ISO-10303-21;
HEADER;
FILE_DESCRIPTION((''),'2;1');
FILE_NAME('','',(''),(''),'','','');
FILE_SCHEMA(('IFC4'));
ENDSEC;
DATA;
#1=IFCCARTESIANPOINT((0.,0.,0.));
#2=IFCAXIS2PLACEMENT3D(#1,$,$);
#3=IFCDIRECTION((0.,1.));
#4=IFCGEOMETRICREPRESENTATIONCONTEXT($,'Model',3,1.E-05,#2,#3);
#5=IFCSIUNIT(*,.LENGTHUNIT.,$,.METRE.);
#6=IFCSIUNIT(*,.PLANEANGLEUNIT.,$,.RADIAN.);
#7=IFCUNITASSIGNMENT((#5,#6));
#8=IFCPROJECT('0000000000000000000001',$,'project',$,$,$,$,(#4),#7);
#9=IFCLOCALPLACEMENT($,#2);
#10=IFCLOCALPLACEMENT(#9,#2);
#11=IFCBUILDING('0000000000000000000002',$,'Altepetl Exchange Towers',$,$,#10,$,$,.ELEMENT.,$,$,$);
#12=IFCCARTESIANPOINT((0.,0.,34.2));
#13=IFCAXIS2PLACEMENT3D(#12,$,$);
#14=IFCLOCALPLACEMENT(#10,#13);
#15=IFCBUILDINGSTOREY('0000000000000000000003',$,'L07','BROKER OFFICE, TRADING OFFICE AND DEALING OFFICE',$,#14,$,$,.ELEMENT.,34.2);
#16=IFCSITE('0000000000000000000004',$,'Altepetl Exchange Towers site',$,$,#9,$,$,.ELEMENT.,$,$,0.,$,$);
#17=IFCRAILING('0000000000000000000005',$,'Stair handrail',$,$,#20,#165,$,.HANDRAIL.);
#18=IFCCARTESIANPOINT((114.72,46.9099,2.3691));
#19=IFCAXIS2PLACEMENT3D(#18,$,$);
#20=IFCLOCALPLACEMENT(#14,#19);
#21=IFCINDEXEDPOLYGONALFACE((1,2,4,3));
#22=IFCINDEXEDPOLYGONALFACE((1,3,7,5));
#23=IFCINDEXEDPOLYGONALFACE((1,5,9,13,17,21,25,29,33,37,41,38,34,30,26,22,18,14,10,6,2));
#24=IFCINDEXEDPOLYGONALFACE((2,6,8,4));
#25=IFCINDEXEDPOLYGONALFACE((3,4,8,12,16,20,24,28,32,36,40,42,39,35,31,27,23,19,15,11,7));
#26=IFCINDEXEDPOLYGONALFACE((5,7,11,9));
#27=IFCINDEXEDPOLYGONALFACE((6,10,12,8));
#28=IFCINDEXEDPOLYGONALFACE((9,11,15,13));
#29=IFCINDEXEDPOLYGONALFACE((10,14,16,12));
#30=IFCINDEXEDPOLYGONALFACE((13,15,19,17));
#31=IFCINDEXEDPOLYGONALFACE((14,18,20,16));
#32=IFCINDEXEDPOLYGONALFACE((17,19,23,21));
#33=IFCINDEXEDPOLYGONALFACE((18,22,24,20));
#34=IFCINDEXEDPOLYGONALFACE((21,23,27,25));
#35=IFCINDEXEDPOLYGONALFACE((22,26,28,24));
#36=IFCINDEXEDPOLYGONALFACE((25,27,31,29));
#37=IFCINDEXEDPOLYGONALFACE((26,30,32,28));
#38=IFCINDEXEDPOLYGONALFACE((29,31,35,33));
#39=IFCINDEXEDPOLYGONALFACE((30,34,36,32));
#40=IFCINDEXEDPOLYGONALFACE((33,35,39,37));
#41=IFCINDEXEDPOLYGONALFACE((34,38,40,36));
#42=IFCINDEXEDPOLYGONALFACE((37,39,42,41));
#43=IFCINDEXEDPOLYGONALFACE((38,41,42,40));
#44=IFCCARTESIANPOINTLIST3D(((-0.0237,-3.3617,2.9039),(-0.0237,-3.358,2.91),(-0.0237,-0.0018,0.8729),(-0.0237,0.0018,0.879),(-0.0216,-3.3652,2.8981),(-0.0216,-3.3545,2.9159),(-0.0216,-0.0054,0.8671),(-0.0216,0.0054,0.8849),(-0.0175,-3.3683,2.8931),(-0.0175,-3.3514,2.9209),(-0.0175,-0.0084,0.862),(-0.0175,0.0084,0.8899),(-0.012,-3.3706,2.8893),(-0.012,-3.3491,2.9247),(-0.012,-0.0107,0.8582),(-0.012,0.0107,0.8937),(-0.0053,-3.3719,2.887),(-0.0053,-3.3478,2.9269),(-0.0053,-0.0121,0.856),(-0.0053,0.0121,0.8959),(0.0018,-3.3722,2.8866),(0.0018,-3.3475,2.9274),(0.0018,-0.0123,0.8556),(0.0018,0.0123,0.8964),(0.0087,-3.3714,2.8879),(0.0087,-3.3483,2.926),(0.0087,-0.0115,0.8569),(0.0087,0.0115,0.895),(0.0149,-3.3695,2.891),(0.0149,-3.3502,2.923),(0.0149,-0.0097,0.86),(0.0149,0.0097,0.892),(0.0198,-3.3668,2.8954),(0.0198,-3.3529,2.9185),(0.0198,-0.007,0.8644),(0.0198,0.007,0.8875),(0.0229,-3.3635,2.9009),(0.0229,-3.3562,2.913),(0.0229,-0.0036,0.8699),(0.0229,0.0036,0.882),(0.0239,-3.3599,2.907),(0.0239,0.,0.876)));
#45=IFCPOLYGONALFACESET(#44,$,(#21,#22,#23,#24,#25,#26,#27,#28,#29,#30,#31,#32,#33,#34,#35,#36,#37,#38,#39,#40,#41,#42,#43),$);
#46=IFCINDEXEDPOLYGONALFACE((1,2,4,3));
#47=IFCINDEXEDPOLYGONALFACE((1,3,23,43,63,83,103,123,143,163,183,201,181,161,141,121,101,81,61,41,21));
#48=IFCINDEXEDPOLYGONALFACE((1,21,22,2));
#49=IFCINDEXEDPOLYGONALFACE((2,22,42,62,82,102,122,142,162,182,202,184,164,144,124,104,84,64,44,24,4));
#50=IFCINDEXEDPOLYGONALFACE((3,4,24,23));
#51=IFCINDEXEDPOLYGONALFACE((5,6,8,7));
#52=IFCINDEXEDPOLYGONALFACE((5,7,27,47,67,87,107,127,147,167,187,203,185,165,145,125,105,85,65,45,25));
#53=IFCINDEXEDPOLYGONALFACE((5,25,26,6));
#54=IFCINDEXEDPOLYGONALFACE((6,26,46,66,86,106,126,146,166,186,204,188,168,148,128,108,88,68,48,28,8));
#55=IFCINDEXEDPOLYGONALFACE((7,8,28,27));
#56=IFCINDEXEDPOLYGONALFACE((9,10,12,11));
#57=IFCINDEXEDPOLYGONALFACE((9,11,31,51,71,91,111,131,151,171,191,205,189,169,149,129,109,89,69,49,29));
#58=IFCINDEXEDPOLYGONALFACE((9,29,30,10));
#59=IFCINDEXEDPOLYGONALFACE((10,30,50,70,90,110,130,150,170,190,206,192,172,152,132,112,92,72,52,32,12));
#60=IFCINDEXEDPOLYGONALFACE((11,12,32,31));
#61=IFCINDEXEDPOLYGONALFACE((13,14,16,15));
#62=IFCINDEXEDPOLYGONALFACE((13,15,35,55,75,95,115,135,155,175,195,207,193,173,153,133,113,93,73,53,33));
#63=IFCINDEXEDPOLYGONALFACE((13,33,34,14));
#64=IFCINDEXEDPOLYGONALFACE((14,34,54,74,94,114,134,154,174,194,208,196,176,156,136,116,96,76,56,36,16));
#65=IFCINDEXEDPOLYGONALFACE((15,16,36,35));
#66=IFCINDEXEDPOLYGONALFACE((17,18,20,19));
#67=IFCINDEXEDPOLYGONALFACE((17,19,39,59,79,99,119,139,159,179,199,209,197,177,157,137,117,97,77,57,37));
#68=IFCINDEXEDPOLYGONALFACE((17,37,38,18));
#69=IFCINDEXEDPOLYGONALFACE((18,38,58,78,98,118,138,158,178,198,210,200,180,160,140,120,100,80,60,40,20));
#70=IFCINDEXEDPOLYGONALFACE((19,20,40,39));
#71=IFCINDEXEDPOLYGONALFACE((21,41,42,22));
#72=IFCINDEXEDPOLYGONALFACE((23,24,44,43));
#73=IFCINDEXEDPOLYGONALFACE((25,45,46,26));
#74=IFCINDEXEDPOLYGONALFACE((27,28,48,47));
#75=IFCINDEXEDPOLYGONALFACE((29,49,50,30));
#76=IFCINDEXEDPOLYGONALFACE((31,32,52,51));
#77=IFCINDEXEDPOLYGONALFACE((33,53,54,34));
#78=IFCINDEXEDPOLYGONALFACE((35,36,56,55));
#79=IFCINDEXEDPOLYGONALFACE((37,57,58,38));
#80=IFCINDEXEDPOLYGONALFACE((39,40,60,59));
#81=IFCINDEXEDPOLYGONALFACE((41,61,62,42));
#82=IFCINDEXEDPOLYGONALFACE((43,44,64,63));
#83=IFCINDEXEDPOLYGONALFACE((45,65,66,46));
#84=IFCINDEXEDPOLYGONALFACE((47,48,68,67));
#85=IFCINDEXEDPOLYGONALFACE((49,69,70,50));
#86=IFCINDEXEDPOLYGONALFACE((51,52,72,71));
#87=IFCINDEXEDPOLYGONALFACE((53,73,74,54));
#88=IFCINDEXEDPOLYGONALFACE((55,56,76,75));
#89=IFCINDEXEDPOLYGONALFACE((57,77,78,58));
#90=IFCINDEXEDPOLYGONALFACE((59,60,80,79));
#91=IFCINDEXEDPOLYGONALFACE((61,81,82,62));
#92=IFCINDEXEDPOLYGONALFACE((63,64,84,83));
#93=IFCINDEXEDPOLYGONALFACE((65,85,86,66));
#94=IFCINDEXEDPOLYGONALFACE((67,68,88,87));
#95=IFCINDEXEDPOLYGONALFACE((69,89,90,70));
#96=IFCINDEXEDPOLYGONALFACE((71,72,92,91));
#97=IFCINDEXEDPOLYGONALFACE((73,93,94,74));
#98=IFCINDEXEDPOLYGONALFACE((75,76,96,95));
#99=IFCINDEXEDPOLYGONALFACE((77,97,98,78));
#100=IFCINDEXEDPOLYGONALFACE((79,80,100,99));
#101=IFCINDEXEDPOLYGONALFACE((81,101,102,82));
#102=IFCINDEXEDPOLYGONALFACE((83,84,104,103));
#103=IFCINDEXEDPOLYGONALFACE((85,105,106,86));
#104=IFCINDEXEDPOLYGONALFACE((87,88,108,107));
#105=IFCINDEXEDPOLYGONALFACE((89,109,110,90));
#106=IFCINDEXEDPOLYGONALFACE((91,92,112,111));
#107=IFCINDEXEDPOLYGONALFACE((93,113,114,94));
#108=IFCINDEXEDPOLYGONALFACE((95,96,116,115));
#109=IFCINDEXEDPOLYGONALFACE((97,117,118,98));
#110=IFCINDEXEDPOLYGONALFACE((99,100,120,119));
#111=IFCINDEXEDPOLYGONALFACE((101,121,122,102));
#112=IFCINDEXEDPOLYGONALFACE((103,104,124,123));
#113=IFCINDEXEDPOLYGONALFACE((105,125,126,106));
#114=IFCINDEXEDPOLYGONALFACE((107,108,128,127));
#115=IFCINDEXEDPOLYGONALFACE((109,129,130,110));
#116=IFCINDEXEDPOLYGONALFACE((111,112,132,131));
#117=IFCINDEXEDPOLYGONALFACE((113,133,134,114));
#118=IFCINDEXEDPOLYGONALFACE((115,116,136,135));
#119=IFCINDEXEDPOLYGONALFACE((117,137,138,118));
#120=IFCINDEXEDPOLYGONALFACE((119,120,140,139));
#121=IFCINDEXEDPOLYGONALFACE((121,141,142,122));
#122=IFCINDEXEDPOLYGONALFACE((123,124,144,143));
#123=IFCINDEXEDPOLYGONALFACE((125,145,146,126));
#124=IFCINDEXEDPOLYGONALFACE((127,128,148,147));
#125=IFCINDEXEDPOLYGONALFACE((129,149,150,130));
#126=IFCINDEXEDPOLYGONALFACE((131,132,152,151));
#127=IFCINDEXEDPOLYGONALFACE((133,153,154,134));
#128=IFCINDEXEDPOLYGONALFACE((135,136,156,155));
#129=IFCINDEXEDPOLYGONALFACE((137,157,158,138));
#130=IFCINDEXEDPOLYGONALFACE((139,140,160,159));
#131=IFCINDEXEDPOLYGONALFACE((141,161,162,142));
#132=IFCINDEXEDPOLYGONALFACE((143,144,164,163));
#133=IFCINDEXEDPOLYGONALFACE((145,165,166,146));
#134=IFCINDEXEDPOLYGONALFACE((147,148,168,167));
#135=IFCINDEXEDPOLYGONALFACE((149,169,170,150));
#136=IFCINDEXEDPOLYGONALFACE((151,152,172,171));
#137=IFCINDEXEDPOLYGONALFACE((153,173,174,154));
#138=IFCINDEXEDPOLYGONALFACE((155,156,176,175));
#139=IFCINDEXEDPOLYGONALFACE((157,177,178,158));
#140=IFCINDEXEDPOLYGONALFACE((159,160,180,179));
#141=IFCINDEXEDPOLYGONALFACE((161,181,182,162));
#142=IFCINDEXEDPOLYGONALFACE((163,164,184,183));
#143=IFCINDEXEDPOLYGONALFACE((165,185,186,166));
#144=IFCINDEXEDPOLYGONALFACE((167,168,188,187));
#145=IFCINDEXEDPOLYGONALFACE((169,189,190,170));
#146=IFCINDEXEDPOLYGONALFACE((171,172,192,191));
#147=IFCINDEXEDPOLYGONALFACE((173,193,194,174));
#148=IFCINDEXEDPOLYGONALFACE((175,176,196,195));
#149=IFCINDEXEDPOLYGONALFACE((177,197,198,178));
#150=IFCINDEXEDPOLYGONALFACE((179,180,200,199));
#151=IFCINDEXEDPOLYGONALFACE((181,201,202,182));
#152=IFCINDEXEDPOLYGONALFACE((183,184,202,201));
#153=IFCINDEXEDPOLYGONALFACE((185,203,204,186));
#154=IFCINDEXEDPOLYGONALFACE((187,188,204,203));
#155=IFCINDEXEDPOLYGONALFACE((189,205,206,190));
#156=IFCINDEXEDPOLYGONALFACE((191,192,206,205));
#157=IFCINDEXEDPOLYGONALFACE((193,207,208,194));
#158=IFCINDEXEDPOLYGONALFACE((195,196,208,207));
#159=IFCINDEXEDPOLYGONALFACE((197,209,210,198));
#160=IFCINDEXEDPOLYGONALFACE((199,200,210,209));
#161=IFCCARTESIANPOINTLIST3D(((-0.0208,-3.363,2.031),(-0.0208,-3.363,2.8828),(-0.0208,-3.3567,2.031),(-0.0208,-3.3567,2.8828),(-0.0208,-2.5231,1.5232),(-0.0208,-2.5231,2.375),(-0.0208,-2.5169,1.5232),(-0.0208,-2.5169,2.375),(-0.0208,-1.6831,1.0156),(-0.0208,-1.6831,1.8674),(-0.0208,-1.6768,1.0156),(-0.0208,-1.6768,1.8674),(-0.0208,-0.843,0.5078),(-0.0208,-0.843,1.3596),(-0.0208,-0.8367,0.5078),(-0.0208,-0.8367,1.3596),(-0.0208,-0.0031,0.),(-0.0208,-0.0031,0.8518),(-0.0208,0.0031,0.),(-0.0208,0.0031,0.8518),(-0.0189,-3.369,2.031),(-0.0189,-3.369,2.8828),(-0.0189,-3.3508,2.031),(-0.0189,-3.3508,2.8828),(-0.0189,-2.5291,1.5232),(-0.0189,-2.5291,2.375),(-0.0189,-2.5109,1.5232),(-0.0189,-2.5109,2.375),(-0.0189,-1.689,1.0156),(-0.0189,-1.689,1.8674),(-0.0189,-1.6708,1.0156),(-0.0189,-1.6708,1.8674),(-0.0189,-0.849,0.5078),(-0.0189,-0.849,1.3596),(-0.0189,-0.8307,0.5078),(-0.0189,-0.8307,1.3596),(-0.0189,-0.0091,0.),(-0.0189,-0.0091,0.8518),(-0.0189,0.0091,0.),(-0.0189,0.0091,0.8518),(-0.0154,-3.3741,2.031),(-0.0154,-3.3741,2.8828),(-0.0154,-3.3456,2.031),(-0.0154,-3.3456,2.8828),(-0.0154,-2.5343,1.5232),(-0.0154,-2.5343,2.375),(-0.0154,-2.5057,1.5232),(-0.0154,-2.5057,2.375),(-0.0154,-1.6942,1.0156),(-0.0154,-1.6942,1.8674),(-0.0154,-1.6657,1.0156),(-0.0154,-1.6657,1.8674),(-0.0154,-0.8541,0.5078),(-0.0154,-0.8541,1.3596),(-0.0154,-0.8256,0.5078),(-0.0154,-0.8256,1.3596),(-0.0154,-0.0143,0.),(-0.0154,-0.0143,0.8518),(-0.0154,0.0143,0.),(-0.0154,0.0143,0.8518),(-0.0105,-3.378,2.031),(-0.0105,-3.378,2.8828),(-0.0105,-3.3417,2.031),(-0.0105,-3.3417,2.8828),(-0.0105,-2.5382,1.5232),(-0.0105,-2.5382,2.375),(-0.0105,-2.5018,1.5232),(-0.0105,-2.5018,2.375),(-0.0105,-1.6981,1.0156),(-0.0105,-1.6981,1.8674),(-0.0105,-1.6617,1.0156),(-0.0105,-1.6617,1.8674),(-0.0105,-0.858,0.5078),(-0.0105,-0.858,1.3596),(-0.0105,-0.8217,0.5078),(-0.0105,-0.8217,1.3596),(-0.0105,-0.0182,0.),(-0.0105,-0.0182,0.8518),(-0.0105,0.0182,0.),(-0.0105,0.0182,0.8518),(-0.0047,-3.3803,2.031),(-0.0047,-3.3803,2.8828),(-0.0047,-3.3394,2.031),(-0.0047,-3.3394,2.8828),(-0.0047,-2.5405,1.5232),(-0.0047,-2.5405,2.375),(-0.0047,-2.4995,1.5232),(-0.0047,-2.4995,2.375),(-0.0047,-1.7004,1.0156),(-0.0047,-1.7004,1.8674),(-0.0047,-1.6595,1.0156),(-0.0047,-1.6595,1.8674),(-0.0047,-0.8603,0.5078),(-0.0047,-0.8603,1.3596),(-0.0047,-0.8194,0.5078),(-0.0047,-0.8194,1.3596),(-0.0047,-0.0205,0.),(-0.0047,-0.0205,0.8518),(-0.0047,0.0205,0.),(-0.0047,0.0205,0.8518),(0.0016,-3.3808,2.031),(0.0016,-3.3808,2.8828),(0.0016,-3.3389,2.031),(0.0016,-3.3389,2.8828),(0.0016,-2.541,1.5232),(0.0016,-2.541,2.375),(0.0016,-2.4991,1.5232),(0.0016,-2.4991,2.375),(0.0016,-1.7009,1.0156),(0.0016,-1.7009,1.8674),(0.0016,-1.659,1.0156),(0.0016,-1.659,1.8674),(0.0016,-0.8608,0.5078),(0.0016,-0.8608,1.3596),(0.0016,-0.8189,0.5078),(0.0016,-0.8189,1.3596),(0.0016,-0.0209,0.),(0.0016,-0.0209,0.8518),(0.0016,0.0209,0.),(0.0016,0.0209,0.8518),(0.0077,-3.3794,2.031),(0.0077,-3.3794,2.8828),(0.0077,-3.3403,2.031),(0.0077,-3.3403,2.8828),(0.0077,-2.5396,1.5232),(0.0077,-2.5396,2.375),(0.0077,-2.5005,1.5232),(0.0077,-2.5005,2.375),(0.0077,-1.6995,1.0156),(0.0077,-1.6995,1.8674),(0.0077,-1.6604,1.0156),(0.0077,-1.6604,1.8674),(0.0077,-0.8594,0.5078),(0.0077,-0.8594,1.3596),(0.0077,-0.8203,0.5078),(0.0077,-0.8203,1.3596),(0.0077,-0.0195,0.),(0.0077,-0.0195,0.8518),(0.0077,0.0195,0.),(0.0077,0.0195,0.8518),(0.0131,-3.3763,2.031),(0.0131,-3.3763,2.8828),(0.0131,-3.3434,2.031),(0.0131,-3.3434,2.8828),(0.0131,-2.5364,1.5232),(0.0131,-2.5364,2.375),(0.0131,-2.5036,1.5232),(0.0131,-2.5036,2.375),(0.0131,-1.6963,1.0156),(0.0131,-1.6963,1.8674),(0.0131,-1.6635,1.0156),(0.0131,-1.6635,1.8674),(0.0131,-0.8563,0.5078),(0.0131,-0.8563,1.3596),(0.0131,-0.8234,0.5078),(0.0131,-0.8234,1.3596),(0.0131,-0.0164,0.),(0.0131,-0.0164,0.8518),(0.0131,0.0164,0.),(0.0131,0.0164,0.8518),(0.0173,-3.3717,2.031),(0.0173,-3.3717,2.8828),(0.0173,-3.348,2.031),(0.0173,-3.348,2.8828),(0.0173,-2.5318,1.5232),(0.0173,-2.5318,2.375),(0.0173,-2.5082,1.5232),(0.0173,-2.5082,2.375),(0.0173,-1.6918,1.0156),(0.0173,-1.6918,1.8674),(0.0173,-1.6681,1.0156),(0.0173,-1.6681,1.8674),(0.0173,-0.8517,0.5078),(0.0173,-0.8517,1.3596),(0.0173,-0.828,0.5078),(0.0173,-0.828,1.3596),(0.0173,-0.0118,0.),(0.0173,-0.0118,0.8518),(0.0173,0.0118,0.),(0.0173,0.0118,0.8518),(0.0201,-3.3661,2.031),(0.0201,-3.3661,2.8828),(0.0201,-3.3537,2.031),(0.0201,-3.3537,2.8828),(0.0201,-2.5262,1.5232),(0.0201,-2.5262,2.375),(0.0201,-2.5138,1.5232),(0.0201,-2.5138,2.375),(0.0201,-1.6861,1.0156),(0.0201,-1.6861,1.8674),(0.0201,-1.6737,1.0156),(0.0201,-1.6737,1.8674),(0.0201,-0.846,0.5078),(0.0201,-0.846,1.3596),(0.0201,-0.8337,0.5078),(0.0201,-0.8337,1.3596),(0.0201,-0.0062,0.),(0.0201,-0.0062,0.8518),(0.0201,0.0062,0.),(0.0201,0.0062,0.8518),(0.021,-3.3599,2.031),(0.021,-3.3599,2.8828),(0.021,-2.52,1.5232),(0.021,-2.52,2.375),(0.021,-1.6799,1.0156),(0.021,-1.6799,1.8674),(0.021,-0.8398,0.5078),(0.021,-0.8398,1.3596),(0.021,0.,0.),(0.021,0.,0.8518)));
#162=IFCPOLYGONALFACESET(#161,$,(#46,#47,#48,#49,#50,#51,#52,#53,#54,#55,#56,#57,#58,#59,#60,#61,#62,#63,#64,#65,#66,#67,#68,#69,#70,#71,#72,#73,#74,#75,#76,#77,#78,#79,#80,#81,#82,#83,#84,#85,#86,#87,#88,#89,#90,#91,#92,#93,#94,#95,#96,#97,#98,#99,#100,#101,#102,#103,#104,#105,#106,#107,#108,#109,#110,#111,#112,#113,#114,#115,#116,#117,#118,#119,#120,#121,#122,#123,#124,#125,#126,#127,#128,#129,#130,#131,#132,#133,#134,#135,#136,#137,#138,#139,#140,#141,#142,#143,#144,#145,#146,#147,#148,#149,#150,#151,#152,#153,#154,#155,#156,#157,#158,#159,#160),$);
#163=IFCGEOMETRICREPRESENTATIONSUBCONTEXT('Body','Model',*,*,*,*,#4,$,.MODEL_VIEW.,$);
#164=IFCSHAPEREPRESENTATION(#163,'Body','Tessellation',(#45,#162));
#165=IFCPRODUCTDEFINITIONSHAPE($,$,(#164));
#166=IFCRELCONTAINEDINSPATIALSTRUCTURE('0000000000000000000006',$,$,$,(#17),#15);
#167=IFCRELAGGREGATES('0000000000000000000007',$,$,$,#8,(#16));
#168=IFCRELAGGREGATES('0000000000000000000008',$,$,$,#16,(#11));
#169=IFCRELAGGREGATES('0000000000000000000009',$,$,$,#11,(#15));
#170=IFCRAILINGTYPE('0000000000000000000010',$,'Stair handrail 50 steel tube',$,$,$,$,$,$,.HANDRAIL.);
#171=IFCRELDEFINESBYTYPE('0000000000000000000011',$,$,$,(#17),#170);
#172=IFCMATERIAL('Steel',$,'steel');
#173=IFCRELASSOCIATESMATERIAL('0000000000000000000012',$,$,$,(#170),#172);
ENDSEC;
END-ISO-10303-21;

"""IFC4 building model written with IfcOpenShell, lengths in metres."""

from ifc_helpers import new_model, si_unit, direction, frame, origin, origin_2d, place, context, subcontext, project, spatial, circle, extrude, source, transform, mapped, material, type_object, element, save


model = new_model("IFC4")

# Units and contexts
model_context = context("Model", 3, precision=1e-05, world=origin(), true_north=direction((0.0, 1.0)))
body_context = subcontext(model_context, "Body", "Model", "MODEL_VIEW")
ifc_project = project(units=[si_unit("LENGTHUNIT", "METRE"), si_unit("PLANEANGLEUNIT", "RADIAN")], contexts=[model_context])

# Site, building, storey
site_placement = place(None, origin())
site = spatial("IfcSite", under=ifc_project, at=site_placement, Name="Altepetl Exchange Towers site", CompositionType="ELEMENT", RefElevation=0.0)
building_placement = place(site_placement, origin())
building = spatial("IfcBuilding", under=site, at=building_placement, Name="Altepetl Exchange Towers", CompositionType="ELEMENT")
storey_placement = place(building_placement, frame((0.0, 0.0, 34.2)))
storey = spatial("IfcBuildingStorey", under=building, at=storey_placement, Name="L07", Description="BROKER OFFICE, TRADING OFFICE AND DEALING OFFICE", CompositionType="ELEMENT", Elevation=34.2)

# Railing
ifc_material_1 = material(Name="Steel", Category="steel")
railing_type = type_object("IfcRailingType", Name="Stair handrail 50 steel tube", PredefinedType="HANDRAIL", material=ifc_material_1)
shared_shape = source(origin(), body_context, "Body", "SweptSolid", [
    extrude(circle(Radius=0.021, at=origin_2d()), origin(), (0.0, 0.0, 1.0), 0.8518),
])
railing_1_placement = place(storey_placement, frame((114.72, 46.9099, 2.3691)))
element("IfcRailing", 1, at=railing_1_placement, inside=storey, type_object=railing_type, Name="Stair handrail", PredefinedType="HANDRAIL", context=body_context, shape_type="SweptSolid", body=[
    extrude(circle(Radius=0.0239, at=origin_2d()), frame((0.0, 0.0, 0.876), z_axis=(0.0, -0.855793, 0.517319), x_axis=(1.0, 0.0, 0.0)), (0.0, 0.0, 1.0), 3.926),
    mapped(shared_shape, transform((0.0, 0.0, 0.0))),
    mapped(shared_shape, transform((0.0, -0.8398, 0.5078))),
    mapped(shared_shape, transform((0.0, -1.6799, 1.0156))),
    mapped(shared_shape, transform((0.0, -2.52, 1.5232))),
    mapped(shared_shape, transform((0.0, -3.3599, 2.031))),
])

save(model, "model.ifc")
